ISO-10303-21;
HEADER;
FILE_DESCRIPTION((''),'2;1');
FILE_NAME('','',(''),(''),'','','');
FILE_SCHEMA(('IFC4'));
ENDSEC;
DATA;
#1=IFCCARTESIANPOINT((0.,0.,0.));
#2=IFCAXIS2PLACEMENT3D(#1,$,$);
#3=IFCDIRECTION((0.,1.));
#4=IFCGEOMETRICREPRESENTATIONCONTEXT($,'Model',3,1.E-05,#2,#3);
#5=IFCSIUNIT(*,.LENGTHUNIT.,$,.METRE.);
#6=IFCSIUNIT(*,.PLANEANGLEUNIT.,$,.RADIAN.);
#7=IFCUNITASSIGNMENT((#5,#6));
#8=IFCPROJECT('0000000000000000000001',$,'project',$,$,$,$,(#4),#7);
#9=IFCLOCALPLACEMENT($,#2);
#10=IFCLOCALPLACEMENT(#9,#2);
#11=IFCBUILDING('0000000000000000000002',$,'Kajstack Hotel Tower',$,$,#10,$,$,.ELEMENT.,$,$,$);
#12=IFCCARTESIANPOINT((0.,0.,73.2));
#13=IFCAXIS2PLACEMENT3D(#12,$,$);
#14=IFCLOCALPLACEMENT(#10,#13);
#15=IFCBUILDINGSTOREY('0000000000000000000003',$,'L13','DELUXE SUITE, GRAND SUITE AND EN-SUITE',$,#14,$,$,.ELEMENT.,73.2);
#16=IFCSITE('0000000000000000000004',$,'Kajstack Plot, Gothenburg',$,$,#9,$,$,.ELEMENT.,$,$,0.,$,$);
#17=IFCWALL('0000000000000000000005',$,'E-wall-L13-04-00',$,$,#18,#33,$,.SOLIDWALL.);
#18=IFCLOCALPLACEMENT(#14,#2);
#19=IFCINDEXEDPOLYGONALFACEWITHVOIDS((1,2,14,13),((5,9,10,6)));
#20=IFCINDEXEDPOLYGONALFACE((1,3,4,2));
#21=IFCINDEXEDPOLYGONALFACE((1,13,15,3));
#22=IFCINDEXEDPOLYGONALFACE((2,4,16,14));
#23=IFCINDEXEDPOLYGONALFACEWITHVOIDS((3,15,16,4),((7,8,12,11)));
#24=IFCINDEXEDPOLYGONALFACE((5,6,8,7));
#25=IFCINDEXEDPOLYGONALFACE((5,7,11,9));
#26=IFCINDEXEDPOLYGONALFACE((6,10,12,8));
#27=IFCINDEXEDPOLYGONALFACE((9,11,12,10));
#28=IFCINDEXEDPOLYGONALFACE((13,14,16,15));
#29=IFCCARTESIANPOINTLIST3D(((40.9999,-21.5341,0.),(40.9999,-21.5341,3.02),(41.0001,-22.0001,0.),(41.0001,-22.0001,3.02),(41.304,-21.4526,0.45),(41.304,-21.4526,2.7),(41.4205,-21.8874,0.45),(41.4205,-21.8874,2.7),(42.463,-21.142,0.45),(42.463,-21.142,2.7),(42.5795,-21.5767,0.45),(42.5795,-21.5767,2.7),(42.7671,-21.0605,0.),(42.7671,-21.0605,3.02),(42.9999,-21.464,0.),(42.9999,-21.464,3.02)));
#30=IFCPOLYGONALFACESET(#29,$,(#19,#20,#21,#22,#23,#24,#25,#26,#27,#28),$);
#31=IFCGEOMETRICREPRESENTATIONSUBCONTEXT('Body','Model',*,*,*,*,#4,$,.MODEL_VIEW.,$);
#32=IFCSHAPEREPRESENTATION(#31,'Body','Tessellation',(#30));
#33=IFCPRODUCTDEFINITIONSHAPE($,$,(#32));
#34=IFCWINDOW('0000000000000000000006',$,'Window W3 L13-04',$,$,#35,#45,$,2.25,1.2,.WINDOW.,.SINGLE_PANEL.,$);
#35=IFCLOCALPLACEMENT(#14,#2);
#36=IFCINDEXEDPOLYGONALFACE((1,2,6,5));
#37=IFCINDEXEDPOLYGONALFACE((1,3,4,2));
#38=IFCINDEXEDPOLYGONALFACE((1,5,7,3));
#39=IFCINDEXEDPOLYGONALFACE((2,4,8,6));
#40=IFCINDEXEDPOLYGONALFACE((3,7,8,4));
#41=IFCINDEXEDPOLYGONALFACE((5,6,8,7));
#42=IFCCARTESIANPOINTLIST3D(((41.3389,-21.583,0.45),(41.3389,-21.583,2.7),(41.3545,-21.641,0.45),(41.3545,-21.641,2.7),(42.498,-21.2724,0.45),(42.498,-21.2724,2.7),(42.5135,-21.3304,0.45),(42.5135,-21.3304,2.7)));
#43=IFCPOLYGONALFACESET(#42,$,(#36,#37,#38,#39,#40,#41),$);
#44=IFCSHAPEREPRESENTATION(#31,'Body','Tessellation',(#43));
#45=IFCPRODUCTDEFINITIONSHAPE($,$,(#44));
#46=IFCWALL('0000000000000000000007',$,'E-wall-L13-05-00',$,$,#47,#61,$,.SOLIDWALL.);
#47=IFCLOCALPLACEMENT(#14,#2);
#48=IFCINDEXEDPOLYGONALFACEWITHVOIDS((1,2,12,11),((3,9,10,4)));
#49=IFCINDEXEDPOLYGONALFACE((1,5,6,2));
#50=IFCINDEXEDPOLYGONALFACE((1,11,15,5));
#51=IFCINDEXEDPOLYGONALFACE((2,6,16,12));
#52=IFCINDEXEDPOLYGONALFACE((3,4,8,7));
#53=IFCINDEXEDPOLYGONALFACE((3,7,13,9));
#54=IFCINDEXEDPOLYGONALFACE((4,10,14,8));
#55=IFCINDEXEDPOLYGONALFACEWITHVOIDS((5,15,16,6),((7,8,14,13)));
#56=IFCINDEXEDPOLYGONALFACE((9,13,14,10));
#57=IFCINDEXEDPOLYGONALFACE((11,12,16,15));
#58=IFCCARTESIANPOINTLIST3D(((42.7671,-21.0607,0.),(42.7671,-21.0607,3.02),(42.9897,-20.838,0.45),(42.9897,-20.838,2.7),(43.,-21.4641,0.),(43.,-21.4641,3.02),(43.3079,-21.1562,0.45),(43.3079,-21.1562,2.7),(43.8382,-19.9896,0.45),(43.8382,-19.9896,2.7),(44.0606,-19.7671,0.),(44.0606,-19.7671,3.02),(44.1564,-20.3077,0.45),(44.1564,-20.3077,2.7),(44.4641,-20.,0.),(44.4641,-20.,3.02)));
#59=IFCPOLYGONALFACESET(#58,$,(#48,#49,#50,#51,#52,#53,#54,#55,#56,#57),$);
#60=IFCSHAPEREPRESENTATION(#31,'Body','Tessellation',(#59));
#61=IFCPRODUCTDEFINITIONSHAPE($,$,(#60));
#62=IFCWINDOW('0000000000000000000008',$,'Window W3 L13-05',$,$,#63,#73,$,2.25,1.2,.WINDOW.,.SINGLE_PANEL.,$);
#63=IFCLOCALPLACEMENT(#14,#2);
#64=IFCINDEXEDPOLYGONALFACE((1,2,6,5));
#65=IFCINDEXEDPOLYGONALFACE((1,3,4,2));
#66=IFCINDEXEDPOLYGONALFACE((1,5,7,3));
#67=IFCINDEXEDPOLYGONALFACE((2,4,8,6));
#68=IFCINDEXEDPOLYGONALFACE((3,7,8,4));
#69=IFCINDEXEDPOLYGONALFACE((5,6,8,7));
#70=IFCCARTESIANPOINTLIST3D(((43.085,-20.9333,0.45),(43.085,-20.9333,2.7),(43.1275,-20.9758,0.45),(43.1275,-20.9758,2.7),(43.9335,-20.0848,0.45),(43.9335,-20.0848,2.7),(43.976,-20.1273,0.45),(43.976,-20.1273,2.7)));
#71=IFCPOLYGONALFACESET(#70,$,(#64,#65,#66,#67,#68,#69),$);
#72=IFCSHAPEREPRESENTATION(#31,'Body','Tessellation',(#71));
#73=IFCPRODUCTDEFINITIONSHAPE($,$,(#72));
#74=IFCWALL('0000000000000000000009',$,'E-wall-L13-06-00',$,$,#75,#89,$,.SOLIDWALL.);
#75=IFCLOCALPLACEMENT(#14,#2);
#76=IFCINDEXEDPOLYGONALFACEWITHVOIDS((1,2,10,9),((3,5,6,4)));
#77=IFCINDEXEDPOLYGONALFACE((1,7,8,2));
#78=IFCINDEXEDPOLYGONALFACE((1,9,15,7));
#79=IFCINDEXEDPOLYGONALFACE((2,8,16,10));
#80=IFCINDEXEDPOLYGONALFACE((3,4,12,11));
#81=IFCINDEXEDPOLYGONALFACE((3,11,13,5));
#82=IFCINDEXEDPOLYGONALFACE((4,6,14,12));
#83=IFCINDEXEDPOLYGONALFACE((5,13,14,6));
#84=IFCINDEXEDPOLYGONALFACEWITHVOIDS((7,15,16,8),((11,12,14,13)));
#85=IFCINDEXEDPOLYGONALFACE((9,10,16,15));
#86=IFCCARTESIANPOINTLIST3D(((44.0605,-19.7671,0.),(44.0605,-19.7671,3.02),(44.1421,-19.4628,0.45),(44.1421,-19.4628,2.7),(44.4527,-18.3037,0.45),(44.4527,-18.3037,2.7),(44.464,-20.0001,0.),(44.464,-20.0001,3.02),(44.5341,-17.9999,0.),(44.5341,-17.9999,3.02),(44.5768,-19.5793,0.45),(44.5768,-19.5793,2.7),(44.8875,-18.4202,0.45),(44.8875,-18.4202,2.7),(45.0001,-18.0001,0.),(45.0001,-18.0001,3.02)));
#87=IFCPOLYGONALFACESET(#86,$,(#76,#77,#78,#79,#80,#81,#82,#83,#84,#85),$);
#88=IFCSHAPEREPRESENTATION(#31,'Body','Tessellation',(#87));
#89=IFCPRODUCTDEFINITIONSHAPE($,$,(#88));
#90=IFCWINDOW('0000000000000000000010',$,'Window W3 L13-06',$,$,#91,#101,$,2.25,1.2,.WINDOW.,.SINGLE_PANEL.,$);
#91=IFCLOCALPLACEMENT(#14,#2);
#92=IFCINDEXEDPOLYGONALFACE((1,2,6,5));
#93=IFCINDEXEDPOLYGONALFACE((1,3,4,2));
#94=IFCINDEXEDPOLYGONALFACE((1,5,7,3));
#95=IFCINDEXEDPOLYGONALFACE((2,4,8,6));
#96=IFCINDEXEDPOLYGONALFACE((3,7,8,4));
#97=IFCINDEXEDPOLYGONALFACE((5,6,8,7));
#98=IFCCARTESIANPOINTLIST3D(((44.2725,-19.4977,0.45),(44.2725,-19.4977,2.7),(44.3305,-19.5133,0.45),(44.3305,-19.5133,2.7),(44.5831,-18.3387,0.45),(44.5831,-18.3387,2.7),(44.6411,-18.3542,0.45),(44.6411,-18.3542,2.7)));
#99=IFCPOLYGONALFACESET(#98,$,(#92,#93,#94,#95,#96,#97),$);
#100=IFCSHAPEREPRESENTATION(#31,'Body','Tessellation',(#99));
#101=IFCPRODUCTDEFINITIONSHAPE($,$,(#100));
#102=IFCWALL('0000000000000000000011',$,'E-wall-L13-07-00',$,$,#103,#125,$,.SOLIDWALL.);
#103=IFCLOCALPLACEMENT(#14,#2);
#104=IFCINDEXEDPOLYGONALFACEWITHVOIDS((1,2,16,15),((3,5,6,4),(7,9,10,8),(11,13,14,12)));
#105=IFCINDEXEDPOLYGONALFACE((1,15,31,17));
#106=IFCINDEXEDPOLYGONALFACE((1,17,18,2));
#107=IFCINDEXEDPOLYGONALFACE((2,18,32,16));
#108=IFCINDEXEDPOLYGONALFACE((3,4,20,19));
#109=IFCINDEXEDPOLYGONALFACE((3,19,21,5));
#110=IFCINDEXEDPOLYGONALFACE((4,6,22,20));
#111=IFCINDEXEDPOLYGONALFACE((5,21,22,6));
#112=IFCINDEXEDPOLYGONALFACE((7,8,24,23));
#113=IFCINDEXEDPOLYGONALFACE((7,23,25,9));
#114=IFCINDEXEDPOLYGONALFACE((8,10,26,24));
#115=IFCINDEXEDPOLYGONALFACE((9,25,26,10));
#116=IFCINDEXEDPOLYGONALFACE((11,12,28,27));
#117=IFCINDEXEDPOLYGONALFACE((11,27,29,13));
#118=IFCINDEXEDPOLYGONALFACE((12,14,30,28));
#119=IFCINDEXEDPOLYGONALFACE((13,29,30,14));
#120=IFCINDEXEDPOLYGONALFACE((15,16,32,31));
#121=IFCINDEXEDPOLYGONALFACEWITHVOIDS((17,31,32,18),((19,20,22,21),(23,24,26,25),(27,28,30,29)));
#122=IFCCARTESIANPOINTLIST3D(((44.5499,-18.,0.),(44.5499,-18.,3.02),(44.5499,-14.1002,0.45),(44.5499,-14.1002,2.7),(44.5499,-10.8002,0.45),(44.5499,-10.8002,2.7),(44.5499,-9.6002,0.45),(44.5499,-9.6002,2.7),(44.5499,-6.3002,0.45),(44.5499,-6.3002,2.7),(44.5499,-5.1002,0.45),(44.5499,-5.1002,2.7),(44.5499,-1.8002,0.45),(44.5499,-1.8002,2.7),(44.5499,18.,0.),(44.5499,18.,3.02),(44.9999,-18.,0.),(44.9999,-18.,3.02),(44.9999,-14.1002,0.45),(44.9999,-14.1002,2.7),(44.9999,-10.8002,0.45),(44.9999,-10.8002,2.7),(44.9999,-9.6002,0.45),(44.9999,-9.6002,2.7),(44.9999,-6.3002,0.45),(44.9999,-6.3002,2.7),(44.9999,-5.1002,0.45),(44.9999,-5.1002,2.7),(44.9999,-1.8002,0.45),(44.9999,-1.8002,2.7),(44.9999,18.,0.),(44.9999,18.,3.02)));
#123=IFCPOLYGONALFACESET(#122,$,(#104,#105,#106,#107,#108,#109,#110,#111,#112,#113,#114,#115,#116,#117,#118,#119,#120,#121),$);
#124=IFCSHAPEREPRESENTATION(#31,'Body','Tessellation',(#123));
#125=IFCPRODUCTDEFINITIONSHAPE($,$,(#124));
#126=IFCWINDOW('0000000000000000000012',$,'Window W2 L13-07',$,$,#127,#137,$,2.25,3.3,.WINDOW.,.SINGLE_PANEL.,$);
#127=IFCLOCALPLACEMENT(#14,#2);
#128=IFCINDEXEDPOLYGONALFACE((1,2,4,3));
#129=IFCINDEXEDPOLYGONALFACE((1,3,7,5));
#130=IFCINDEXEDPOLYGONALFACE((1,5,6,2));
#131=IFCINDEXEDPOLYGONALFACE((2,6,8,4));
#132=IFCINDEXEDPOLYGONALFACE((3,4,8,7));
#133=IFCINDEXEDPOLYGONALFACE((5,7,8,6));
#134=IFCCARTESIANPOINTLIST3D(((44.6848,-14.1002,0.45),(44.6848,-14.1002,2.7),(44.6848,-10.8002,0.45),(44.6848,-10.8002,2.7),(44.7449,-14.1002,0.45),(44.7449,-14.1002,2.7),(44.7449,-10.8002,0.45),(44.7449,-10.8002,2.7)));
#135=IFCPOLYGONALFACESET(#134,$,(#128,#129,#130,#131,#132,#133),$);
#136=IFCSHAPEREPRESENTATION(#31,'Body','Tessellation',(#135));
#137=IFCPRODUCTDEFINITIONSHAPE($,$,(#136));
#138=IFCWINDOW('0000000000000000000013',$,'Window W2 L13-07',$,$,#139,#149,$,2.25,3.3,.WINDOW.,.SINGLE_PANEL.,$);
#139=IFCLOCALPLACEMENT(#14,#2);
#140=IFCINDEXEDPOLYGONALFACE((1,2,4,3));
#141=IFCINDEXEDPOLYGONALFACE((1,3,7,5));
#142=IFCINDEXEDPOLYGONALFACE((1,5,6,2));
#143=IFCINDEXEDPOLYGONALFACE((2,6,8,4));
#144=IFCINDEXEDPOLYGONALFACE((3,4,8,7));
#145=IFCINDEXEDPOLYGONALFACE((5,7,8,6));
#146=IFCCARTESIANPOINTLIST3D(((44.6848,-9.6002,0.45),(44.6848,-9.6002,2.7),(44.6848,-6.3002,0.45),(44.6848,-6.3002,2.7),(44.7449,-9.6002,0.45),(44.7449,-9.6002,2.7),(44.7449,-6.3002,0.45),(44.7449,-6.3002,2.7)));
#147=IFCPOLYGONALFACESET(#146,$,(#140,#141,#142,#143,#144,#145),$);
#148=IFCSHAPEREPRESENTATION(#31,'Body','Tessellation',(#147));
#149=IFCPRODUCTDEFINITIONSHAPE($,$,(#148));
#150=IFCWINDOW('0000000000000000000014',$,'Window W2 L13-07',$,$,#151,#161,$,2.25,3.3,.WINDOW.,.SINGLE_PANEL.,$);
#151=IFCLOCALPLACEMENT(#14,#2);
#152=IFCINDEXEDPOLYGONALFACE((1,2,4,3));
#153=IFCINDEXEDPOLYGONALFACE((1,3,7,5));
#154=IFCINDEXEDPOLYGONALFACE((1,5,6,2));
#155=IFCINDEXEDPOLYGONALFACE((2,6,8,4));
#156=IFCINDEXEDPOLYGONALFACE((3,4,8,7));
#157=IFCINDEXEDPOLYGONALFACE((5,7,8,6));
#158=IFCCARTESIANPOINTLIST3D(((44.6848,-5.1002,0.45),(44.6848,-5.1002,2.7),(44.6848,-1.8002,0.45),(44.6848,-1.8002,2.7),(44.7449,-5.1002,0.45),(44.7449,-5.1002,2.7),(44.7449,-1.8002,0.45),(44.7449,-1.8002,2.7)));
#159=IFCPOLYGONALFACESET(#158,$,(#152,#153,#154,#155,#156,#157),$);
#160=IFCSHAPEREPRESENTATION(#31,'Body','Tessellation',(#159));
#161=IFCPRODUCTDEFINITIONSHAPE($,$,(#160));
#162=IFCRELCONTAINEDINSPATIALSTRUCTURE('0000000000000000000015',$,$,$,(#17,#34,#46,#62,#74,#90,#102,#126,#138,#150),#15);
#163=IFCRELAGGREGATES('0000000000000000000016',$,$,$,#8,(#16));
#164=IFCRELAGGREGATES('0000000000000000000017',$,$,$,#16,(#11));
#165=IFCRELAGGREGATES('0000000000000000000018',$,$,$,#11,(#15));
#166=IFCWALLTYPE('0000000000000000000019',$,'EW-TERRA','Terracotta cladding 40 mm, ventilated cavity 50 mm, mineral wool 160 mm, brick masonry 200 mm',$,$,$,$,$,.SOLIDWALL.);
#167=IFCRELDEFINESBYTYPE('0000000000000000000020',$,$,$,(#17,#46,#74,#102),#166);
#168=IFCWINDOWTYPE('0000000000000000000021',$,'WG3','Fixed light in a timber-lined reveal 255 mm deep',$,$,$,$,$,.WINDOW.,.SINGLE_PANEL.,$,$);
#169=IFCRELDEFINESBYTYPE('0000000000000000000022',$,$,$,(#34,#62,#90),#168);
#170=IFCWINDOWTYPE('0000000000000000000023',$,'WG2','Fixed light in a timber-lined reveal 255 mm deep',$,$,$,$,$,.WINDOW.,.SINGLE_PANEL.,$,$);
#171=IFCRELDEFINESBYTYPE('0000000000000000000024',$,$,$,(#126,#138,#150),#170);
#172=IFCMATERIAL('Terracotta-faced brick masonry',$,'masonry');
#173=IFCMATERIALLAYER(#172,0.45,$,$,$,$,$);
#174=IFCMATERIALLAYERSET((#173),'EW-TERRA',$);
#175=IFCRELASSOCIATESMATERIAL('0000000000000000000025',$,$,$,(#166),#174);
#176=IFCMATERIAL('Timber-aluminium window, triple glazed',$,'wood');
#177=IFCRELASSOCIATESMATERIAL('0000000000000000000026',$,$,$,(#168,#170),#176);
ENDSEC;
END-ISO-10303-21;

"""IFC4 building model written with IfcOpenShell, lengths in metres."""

from ifc_helpers import new_model, si_unit, direction, frame, frame_2d, origin, place, context, subcontext, project, spatial, polyline, rectangle, outline, extrude, material, layer, layer_set, type_object, element, fill, save


model = new_model("IFC4")

# Units and contexts
model_context = context("Model", 3, precision=1e-05, world=origin(), true_north=direction((0.0, 1.0)))
body_context = subcontext(model_context, "Body", "Model", "MODEL_VIEW")
ifc_project = project(units=[si_unit("LENGTHUNIT", "METRE"), si_unit("PLANEANGLEUNIT", "RADIAN")], contexts=[model_context])

# Site, building, storey
site_placement = place(None, origin())
site = spatial("IfcSite", under=ifc_project, at=site_placement, Name="Kajstack Plot, Gothenburg", CompositionType="ELEMENT", RefElevation=0.0)
building_placement = place(site_placement, origin())
building = spatial("IfcBuilding", under=site, at=building_placement, Name="Kajstack Hotel Tower", CompositionType="ELEMENT")
storey_placement = place(building_placement, frame((0.0, 0.0, 73.2)))
storey = spatial("IfcBuildingStorey", under=building, at=storey_placement, Name="L13", Description="DELUXE SUITE, GRAND SUITE AND EN-SUITE", CompositionType="ELEMENT", Elevation=73.2)

# Walls, openings, windows
ifc_material_1 = material(Name="Terracotta-faced brick masonry", Category="masonry")
ifc_layer_1 = layer(ifc_material_1, 0.45)
ifc_layer_set_1 = layer_set([ifc_layer_1], Name="EW-TERRA")
wall_type_1 = type_object("IfcWallType", Name="EW-TERRA", Description="Terracotta cladding 40 mm, ventilated cavity 50 mm, mineral wool 160 mm, brick masonry 200 mm", PredefinedType="SOLIDWALL", material=ifc_layer_set_1)
wall_1_placement = place(storey_placement, frame((40.9417, -21.7827, 0.0), z_axis=(0.0, 0.0, 1.0), x_axis=(0.965927, 0.258815, 0.0)))
wall_1 = element("IfcWall", 1, at=wall_1_placement, inside=storey, type_object=wall_type_1, Name="E-wall-L13-04-00", PredefinedType="SOLIDWALL", context=body_context, shape_type="SweptSolid", body=[
    extrude(outline(polyline([(0.0002, -0.2251), (2.0706, -0.2249), (1.9502, 0.2251), (0.1206, 0.2251), (0.0002, -0.2251)])), origin(), (0.0, 0.0, 1.0), 3.02),
])
opening_1_placement = place(wall_1_placement, frame((0.4353, 0.0, 0.45)))
opening_1 = element("IfcOpeningElement", 2, at=opening_1_placement, cuts=wall_1, PredefinedType="OPENING", context=body_context, shape_type="SweptSolid", body=[
    extrude(rectangle(XDim=1.2, YDim=2.25, at=frame_2d((0.6001, 1.125))), frame((0.0, 0.2349, 0.0), z_axis=(0.0, -1.0, 0.0), x_axis=(1.0, 0.0, 0.0)), (0.0, 0.0, 1.0), 0.47),
])
ifc_material_2 = material(Name="Timber-aluminium window, triple glazed", Category="wood")
window_type_1 = type_object("IfcWindowType", Name="WG3", Description="Fixed light in a timber-lined reveal 255 mm deep", PartitioningType="SINGLE_PANEL", PredefinedType="WINDOW", material=ifc_material_2)
window_1_placement = place(opening_1_placement, origin())
window_1 = element("IfcWindow", 3, at=window_1_placement, inside=storey, type_object=window_type_1, Name="Window W3 L13-04", OverallHeight=2.25, OverallWidth=1.2, PartitioningType="SINGLE_PANEL", PredefinedType="WINDOW", context=body_context, shape_type="SweptSolid", body=[
    extrude(rectangle(XDim=1.2, YDim=2.25, at=frame_2d((0.6001, 1.125))), frame((0.0, 0.0901, 0.0), z_axis=(0.0, -1.0, 0.0), x_axis=(1.0, 0.0, 0.0)), (0.0, 0.0, 1.0), 0.0601),
])
fill(opening_1, window_1)
wall_2_placement = place(storey_placement, frame((42.8408, -21.3049, 0.0), z_axis=(0.0, 0.0, 1.0), x_axis=(0.707107, 0.707107, 0.0)))
wall_2 = element("IfcWall", 4, at=wall_2_placement, inside=storey, type_object=wall_type_1, Name="E-wall-L13-05-00", PredefinedType="SOLIDWALL", context=body_context, shape_type="SweptSolid", body=[
    extrude(outline(polyline([(0.0, -0.2251), (2.0706, -0.2251), (1.95, 0.2249), (0.1206, 0.2249), (0.0, -0.2251)])), origin(), (0.0, 0.0, 1.0), 3.02),
])
opening_2_placement = place(wall_2_placement, frame((0.4353, 0.0, 0.45)))
opening_2 = element("IfcOpeningElement", 5, at=opening_2_placement, cuts=wall_2, PredefinedType="OPENING", context=body_context, shape_type="SweptSolid", body=[
    extrude(rectangle(XDim=1.2, YDim=2.25, at=frame_2d((0.6001, 1.125))), frame((0.0, 0.2349, 0.0), z_axis=(0.0, -1.0, 0.0), x_axis=(1.0, 0.0, 0.0)), (0.0, 0.0, 1.0), 0.47),
])
window_2_placement = place(opening_2_placement, origin())
window_2 = element("IfcWindow", 6, at=window_2_placement, inside=storey, type_object=window_type_1, Name="Window W3 L13-05", OverallHeight=2.25, OverallWidth=1.2, PartitioningType="SINGLE_PANEL", PredefinedType="WINDOW", context=body_context, shape_type="SweptSolid", body=[
    extrude(rectangle(XDim=1.2, YDim=2.25, at=frame_2d((0.6001, 1.125))), frame((0.0, 0.0901, 0.0), z_axis=(0.0, -1.0, 0.0), x_axis=(1.0, 0.0, 0.0)), (0.0, 0.0, 1.0), 0.0601),
])
fill(opening_2, window_2)
wall_3_placement = place(storey_placement, frame((44.2468, -19.9417, 0.0), z_axis=(0.0, 0.0, 1.0), x_axis=(0.258815, 0.965927, 0.0)))
wall_3 = element("IfcWall", 7, at=wall_3_placement, inside=storey, type_object=wall_type_1, Name="E-wall-L13-06-00", PredefinedType="SOLIDWALL", context=body_context, shape_type="SweptSolid", body=[
    extrude(outline(polyline([(-0.0002, -0.2249), (2.0703, -0.2251), (1.95, 0.2251), (0.1204, 0.2251), (-0.0002, -0.2249)])), origin(), (0.0, 0.0, 1.0), 3.02),
])
opening_3_placement = place(wall_3_placement, frame((0.4353, 0.0, 0.45)))
opening_3 = element("IfcOpeningElement", 8, at=opening_3_placement, cuts=wall_3, PredefinedType="OPENING", context=body_context, shape_type="SweptSolid", body=[
    extrude(rectangle(XDim=1.2, YDim=2.25, at=frame_2d((0.6001, 1.125))), frame((0.0, 0.2349, 0.0), z_axis=(0.0, -1.0, 0.0), x_axis=(1.0, 0.0, 0.0)), (0.0, 0.0, 1.0), 0.47),
])
window_3_placement = place(opening_3_placement, origin())
window_3 = element("IfcWindow", 9, at=window_3_placement, inside=storey, type_object=window_type_1, Name="Window W3 L13-06", OverallHeight=2.25, OverallWidth=1.2, PartitioningType="SINGLE_PANEL", PredefinedType="WINDOW", context=body_context, shape_type="SweptSolid", body=[
    extrude(rectangle(XDim=1.2, YDim=2.25, at=frame_2d((0.6001, 1.125))), frame((0.0, 0.0901, 0.0), z_axis=(0.0, -1.0, 0.0), x_axis=(1.0, 0.0, 0.0)), (0.0, 0.0, 1.0), 0.0601),
])
fill(opening_3, window_3)

# Wall, openings, windows
wall_4_placement = place(storey_placement, frame((44.7749, -18.0, 0.0), z_axis=(0.0, 0.0, 1.0), x_axis=(0.0, 1.0, 0.0)))
wall_4 = element("IfcWall", 10, at=wall_4_placement, inside=storey, type_object=wall_type_1, Name="E-wall-L13-07-00", PredefinedType="SOLIDWALL", context=body_context, shape_type="SweptSolid", body=[
    extrude(rectangle(XDim=36.0, YDim=0.45, at=frame_2d((18.0, 0.0))), origin(), (0.0, 0.0, 1.0), 3.02),
])
opening_4_placement = place(wall_4_placement, frame((3.8999, 0.0, 0.45)))
opening_4 = element("IfcOpeningElement", 11, at=opening_4_placement, cuts=wall_4, PredefinedType="OPENING", context=body_context, shape_type="SweptSolid", body=[
    extrude(rectangle(XDim=3.3, YDim=2.25, at=frame_2d((1.6499, 1.125))), frame((0.0, 0.2349, 0.0), z_axis=(0.0, -1.0, 0.0), x_axis=(1.0, 0.0, 0.0)), (0.0, 0.0, 1.0), 0.47),
])
opening_5_placement = place(wall_4_placement, frame((8.3999, 0.0, 0.45)))
opening_5 = element("IfcOpeningElement", 12, at=opening_5_placement, cuts=wall_4, PredefinedType="OPENING", context=body_context, shape_type="SweptSolid", body=[
    extrude(rectangle(XDim=3.3, YDim=2.25, at=frame_2d((1.6499, 1.125))), frame((0.0, 0.2349, 0.0), z_axis=(0.0, -1.0, 0.0), x_axis=(1.0, 0.0, 0.0)), (0.0, 0.0, 1.0), 0.47),
])
opening_6_placement = place(wall_4_placement, frame((12.8999, 0.0, 0.45)))
opening_6 = element("IfcOpeningElement", 13, at=opening_6_placement, cuts=wall_4, PredefinedType="OPENING", context=body_context, shape_type="SweptSolid", body=[
    extrude(rectangle(XDim=3.3, YDim=2.25, at=frame_2d((1.6499, 1.125))), frame((0.0, 0.2349, 0.0), z_axis=(0.0, -1.0, 0.0), x_axis=(1.0, 0.0, 0.0)), (0.0, 0.0, 1.0), 0.47),
])
window_type_2 = type_object("IfcWindowType", Name="WG2", Description="Fixed light in a timber-lined reveal 255 mm deep", PartitioningType="SINGLE_PANEL", PredefinedType="WINDOW", material=ifc_material_2)
window_4_placement = place(opening_4_placement, origin())
window_4 = element("IfcWindow", 14, at=window_4_placement, inside=storey, type_object=window_type_2, Name="Window W2 L13-07", OverallHeight=2.25, OverallWidth=3.3, PartitioningType="SINGLE_PANEL", PredefinedType="WINDOW", context=body_context, shape_type="SweptSolid", body=[
    extrude(rectangle(XDim=3.3, YDim=2.25, at=frame_2d((1.6499, 1.125))), frame((0.0, 0.0901, 0.0), z_axis=(0.0, -1.0, 0.0), x_axis=(1.0, 0.0, 0.0)), (0.0, 0.0, 1.0), 0.0601),
])
fill(opening_4, window_4)
window_5_placement = place(opening_5_placement, origin())
window_5 = element("IfcWindow", 15, at=window_5_placement, inside=storey, type_object=window_type_2, Name="Window W2 L13-07", OverallHeight=2.25, OverallWidth=3.3, PartitioningType="SINGLE_PANEL", PredefinedType="WINDOW", context=body_context, shape_type="SweptSolid", body=[
    extrude(rectangle(XDim=3.3, YDim=2.25, at=frame_2d((1.6499, 1.125))), frame((0.0, 0.0901, 0.0), z_axis=(0.0, -1.0, 0.0), x_axis=(1.0, 0.0, 0.0)), (0.0, 0.0, 1.0), 0.0601),
])
fill(opening_5, window_5)
window_6_placement = place(opening_6_placement, origin())
window_6 = element("IfcWindow", 16, at=window_6_placement, inside=storey, type_object=window_type_2, Name="Window W2 L13-07", OverallHeight=2.25, OverallWidth=3.3, PartitioningType="SINGLE_PANEL", PredefinedType="WINDOW", context=body_context, shape_type="SweptSolid", body=[
    extrude(rectangle(XDim=3.3, YDim=2.25, at=frame_2d((1.6499, 1.125))), frame((0.0, 0.0901, 0.0), z_axis=(0.0, -1.0, 0.0), x_axis=(1.0, 0.0, 0.0)), (0.0, 0.0, 1.0), 0.0601),
])
fill(opening_6, window_6)

save(model, "model.ifc")
